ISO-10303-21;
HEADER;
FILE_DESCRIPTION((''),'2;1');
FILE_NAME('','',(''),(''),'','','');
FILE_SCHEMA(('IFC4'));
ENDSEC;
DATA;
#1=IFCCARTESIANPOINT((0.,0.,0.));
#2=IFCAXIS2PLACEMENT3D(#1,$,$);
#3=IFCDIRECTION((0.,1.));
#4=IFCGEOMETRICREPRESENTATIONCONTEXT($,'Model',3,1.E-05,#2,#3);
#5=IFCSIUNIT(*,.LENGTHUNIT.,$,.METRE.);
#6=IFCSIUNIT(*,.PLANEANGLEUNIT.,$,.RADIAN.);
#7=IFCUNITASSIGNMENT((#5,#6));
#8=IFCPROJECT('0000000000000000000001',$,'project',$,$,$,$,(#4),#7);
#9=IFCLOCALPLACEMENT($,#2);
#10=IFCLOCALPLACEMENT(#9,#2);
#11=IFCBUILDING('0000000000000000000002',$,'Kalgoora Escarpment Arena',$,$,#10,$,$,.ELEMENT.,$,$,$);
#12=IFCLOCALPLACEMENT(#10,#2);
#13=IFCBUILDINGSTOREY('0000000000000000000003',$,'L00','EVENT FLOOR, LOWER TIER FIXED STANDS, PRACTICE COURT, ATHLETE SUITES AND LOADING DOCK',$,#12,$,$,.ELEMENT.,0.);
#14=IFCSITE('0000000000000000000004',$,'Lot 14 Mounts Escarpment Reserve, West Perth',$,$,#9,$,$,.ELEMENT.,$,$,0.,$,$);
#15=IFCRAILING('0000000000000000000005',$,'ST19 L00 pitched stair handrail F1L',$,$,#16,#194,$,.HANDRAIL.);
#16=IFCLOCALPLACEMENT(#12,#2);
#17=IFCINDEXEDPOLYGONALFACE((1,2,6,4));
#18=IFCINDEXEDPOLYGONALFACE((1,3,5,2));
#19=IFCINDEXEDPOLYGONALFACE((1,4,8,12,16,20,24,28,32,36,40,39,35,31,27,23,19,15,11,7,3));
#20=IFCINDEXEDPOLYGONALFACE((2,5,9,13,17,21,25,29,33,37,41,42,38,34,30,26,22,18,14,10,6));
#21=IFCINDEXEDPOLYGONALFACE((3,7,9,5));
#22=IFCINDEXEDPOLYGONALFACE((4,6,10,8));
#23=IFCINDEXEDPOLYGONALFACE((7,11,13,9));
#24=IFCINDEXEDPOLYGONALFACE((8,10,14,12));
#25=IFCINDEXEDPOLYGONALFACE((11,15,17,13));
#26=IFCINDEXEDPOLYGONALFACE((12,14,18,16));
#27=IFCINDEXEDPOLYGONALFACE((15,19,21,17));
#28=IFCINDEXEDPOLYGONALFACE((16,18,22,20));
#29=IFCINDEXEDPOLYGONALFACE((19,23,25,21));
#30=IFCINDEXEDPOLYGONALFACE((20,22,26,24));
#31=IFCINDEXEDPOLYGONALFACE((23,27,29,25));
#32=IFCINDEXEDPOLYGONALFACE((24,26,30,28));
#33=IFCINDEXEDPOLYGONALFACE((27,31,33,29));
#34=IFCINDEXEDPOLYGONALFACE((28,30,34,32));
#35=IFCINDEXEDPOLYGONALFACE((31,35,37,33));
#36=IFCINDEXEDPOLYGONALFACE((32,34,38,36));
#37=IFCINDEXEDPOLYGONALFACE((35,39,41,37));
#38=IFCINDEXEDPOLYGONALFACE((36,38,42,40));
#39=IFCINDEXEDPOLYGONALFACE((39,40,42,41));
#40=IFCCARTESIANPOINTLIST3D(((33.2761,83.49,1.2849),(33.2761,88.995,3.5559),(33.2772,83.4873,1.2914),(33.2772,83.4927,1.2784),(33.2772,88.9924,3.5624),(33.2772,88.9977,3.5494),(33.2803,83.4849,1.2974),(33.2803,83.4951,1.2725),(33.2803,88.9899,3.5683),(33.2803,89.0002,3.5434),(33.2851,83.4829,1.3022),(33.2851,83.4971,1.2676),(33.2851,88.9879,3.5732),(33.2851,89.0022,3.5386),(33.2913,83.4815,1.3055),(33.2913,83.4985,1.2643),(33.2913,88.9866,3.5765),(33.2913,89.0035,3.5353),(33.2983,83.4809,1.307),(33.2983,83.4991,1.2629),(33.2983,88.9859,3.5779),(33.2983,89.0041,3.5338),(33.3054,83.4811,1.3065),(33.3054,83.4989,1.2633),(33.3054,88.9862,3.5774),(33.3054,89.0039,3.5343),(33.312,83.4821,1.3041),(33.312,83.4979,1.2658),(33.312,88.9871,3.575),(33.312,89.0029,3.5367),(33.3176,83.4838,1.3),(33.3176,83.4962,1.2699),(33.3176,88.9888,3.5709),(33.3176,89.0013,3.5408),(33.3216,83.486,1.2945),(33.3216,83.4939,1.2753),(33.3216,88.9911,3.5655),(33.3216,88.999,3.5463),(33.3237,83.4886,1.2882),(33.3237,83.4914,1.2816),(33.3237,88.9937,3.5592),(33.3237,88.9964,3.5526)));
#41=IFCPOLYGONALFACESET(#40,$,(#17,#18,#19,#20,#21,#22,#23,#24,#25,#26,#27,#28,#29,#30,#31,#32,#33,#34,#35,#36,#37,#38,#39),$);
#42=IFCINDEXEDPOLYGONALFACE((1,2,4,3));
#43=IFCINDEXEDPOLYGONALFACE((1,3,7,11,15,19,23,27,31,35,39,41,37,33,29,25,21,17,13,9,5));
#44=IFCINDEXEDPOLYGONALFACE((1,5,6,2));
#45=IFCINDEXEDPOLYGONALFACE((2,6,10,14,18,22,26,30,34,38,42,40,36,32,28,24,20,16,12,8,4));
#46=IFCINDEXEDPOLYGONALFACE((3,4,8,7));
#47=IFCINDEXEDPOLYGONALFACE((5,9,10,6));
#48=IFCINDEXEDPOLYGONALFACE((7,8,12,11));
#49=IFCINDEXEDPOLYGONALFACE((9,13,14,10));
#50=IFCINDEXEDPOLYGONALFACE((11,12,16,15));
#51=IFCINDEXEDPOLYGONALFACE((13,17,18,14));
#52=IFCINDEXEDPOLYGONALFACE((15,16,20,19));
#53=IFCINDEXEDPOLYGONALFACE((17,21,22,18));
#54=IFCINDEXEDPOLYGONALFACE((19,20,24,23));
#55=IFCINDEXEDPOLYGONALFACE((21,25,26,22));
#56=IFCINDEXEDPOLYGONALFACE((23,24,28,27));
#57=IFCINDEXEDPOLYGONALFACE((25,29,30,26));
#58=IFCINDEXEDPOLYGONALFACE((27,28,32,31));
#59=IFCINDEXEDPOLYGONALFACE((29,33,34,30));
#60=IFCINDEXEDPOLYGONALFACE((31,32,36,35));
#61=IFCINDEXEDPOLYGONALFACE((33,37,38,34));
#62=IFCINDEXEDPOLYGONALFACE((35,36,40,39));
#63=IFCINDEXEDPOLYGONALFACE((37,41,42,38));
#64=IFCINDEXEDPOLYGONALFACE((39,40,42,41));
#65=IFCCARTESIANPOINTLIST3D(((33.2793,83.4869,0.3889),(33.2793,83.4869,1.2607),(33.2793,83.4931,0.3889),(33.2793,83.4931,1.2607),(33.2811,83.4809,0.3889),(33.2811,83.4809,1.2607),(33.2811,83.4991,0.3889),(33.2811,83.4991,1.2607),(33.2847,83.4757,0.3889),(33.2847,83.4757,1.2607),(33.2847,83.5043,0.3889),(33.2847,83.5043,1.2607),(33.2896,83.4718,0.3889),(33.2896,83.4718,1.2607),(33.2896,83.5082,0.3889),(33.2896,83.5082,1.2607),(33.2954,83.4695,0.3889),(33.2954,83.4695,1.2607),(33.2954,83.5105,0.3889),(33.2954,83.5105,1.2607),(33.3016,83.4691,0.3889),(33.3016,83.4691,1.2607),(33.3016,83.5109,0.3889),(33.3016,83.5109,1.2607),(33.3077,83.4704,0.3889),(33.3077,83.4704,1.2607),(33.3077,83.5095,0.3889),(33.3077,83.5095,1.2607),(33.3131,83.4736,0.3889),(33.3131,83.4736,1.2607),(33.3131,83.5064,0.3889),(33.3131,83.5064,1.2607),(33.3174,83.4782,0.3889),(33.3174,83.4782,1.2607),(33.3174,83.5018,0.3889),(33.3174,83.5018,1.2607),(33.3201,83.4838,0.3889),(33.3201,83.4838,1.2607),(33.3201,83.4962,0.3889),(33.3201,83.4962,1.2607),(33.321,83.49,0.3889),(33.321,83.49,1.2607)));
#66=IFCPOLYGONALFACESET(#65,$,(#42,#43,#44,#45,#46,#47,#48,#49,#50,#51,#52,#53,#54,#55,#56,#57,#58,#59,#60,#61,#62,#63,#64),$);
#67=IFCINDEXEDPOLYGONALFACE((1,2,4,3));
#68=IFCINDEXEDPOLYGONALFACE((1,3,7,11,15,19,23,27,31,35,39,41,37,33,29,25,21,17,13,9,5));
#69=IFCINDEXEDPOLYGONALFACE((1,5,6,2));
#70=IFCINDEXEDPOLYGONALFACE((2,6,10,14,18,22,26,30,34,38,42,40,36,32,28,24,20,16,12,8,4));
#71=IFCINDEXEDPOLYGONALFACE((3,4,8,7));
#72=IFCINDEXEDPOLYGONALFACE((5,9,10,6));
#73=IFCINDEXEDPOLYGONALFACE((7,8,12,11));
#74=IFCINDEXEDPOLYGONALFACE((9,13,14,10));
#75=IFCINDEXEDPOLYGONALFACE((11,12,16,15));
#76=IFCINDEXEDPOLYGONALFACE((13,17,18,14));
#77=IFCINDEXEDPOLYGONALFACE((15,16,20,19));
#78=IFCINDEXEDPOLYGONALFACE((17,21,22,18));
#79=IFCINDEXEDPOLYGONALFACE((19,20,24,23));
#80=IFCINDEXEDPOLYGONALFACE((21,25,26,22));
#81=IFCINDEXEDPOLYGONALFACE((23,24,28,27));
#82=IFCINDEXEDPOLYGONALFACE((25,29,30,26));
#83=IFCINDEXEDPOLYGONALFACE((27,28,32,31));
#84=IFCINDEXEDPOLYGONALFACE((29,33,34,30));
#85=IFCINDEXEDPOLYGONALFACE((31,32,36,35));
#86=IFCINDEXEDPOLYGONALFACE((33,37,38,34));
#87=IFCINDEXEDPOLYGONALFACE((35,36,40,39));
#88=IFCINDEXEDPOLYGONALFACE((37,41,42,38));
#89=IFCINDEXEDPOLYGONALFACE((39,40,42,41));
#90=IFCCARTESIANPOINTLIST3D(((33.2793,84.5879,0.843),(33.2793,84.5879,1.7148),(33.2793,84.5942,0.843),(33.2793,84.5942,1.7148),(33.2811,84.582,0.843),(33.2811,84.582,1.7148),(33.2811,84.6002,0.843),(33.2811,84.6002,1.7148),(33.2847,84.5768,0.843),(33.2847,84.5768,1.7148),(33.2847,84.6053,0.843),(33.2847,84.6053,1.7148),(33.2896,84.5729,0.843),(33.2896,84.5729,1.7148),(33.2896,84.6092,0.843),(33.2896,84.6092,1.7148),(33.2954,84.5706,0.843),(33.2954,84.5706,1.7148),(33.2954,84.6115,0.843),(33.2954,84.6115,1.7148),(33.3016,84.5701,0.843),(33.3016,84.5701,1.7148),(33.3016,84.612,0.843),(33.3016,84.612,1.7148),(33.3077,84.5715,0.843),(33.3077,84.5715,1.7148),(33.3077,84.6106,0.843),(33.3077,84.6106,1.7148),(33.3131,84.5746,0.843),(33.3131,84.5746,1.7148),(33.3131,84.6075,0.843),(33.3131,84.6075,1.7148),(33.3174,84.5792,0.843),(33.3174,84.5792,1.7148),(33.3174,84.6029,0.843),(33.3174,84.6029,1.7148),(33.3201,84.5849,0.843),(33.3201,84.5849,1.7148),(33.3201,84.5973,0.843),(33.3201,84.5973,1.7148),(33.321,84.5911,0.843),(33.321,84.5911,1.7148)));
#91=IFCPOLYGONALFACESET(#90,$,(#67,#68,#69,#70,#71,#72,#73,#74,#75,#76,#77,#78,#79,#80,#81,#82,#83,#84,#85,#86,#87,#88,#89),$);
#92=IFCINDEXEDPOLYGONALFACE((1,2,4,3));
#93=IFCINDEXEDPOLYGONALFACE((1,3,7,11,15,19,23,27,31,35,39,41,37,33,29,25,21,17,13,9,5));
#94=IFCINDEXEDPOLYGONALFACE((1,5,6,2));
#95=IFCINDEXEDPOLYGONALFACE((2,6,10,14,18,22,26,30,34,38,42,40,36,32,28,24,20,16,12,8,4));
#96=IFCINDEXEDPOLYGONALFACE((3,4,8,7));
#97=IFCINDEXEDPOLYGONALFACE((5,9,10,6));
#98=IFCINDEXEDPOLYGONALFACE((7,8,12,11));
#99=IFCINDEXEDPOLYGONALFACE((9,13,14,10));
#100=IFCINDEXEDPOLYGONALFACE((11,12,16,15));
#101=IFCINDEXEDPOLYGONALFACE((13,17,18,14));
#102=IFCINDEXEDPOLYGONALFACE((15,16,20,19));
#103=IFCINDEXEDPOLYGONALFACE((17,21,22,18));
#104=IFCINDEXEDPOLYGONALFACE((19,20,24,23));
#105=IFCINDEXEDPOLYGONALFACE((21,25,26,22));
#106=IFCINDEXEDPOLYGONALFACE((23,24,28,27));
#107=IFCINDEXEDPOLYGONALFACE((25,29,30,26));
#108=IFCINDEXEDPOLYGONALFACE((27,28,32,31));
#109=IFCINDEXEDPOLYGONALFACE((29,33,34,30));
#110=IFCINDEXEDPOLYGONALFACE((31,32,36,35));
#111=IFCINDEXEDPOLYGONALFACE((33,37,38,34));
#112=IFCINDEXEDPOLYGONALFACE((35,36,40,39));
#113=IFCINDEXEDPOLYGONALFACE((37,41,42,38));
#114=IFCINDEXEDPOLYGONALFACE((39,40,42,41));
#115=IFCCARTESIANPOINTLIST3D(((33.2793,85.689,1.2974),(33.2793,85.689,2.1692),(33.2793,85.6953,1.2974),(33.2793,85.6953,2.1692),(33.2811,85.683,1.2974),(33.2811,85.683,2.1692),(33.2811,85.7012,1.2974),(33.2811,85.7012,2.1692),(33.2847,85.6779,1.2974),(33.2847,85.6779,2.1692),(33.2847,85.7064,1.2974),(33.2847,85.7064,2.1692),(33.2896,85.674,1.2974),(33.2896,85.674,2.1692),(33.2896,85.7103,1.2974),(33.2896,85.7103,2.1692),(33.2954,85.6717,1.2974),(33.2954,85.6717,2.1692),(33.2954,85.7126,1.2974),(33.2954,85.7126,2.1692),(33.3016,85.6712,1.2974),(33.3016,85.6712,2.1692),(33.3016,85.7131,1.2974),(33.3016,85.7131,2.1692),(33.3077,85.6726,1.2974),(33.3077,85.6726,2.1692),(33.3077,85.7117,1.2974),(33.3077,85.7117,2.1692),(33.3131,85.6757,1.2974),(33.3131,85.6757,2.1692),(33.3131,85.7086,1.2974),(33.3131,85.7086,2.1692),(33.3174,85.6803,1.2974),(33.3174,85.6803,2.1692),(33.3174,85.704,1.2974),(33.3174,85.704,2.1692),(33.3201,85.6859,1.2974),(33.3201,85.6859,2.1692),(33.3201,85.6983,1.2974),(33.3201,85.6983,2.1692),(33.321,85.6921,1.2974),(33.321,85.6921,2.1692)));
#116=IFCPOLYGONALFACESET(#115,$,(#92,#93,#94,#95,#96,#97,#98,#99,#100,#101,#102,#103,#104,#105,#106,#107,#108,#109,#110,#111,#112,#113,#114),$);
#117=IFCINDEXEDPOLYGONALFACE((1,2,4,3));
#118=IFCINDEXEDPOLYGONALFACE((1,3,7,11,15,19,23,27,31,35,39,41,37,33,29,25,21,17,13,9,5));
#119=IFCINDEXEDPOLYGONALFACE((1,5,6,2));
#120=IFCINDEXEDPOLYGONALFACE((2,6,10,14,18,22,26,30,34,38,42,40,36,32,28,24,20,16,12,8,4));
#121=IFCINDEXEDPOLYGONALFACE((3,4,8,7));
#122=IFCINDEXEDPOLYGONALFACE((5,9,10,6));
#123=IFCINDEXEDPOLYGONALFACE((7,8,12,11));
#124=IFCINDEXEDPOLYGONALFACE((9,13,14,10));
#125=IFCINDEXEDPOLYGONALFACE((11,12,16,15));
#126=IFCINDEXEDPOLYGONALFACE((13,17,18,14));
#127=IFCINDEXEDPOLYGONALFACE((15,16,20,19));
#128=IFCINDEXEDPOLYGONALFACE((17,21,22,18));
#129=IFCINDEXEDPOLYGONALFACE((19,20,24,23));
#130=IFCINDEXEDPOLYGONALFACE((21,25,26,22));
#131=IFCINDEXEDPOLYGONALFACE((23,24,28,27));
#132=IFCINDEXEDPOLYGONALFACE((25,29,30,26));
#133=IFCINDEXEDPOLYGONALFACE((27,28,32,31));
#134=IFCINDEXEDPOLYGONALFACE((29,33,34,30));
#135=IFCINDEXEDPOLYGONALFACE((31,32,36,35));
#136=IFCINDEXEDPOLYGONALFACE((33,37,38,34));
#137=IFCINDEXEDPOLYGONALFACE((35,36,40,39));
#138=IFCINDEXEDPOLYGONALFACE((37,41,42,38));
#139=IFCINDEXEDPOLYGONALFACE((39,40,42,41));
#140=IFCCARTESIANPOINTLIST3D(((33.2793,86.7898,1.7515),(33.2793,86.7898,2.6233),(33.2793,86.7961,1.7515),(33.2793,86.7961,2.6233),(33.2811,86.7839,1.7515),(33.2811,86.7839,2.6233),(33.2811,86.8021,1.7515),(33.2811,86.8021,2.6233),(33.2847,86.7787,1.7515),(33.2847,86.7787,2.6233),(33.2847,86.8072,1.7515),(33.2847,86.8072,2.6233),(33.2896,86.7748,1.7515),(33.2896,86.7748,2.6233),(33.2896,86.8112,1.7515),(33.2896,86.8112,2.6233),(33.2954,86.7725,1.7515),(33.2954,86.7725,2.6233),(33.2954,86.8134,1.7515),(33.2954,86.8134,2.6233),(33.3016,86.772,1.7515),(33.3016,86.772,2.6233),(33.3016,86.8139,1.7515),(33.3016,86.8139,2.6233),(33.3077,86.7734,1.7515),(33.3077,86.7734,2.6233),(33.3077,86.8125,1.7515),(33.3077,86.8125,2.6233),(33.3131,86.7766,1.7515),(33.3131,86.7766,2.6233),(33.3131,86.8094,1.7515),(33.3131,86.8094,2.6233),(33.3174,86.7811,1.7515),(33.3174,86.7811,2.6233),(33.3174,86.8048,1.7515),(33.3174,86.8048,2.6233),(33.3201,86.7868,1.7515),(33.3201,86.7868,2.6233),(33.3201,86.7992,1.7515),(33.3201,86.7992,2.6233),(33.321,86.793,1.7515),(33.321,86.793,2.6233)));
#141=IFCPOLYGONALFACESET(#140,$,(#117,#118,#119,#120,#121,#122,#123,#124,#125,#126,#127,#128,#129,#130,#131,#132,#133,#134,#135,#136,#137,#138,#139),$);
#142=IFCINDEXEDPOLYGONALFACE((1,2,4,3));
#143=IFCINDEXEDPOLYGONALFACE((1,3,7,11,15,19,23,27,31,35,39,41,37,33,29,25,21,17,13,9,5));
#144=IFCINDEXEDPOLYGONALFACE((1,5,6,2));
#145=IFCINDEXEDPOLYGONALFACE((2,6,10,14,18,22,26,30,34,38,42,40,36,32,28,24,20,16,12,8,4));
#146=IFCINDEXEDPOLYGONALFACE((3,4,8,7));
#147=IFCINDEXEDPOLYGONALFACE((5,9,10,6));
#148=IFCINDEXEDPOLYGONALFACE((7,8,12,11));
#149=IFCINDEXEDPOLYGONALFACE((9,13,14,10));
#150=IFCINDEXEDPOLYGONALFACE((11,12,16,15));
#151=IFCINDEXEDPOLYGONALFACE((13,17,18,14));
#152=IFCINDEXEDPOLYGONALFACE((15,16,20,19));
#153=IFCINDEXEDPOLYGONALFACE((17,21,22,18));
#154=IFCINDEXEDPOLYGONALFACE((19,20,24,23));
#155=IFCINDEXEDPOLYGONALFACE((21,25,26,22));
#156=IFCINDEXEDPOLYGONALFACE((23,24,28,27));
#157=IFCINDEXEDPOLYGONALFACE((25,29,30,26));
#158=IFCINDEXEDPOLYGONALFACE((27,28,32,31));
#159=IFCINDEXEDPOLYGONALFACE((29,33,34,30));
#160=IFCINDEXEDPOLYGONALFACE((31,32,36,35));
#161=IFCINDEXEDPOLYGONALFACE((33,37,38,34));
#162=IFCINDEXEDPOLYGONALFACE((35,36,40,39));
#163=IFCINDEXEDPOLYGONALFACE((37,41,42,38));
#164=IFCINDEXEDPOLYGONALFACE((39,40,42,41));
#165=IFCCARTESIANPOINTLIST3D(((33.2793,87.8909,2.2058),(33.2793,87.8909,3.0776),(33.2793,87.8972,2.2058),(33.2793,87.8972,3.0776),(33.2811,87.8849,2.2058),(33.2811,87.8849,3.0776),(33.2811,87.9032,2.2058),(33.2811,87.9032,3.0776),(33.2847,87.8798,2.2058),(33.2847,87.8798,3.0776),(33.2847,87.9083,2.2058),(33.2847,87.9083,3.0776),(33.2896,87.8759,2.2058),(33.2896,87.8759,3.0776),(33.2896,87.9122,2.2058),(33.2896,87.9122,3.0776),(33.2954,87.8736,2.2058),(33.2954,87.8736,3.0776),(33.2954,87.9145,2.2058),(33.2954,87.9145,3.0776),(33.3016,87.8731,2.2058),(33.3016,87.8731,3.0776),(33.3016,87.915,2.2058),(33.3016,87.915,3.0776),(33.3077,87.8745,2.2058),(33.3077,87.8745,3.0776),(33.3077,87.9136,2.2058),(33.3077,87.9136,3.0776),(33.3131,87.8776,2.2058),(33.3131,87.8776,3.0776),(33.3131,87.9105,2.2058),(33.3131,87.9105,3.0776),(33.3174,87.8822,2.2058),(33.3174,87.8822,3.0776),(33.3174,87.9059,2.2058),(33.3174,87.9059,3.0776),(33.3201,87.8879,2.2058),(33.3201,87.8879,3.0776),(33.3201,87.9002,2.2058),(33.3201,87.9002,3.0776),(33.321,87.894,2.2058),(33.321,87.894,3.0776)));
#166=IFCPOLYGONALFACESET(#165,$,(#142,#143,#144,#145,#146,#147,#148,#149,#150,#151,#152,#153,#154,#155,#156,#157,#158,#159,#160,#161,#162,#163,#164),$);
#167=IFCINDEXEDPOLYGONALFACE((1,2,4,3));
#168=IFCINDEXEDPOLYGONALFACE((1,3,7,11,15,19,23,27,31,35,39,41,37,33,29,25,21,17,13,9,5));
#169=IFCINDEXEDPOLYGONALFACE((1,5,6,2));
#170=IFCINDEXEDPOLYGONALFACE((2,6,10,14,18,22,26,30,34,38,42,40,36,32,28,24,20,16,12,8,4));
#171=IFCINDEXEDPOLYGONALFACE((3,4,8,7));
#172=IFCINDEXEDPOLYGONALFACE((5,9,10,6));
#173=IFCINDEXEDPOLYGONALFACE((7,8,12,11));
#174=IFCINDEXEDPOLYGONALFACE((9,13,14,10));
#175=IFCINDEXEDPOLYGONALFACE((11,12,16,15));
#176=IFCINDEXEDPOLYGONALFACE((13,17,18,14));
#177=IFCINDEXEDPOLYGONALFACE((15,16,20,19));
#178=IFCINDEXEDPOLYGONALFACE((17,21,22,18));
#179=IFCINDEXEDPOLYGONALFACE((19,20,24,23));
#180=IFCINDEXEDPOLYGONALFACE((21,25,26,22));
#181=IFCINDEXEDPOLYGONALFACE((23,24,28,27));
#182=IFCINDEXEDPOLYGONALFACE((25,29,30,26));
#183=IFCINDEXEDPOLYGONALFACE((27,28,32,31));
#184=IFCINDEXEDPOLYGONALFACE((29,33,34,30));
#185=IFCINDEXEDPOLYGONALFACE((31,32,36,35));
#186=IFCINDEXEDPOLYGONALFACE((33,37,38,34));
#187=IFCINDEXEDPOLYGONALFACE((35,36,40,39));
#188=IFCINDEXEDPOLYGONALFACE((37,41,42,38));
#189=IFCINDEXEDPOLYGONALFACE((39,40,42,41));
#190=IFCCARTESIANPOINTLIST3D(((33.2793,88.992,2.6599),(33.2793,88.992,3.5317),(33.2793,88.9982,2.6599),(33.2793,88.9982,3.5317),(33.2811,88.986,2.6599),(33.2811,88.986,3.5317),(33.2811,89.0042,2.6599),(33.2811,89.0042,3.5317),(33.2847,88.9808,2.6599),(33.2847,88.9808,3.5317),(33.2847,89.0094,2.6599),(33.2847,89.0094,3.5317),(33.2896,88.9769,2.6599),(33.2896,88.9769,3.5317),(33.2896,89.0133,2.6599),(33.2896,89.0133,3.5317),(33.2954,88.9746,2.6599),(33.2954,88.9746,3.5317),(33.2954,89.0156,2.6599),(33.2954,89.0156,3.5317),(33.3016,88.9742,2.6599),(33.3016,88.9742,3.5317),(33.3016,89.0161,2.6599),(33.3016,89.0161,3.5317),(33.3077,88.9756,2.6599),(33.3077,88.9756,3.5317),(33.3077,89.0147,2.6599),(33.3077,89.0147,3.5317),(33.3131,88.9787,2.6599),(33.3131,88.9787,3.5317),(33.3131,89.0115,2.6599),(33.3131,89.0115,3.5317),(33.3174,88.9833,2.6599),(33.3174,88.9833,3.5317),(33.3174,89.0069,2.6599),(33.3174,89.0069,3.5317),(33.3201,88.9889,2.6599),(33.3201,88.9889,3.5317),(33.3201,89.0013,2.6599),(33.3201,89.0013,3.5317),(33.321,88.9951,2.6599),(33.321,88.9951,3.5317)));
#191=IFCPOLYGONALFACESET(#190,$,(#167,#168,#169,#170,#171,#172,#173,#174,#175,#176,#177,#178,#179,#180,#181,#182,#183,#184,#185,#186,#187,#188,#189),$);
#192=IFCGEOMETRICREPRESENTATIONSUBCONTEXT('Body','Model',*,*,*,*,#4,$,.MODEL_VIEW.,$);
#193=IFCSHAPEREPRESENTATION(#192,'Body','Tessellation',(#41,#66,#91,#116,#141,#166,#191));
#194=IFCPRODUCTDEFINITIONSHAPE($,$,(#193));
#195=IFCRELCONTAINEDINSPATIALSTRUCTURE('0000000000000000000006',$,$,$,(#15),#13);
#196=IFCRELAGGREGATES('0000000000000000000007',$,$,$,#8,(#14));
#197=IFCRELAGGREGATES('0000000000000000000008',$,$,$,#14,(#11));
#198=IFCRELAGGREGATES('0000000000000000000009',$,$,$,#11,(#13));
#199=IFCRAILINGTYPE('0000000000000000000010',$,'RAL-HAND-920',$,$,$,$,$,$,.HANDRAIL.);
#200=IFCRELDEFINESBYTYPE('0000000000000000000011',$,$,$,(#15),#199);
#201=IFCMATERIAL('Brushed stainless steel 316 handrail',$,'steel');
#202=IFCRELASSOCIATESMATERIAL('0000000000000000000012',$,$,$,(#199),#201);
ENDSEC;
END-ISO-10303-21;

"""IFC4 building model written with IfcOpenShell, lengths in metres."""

from ifc_helpers import new_model, si_unit, direction, frame, origin, origin_2d, place, context, subcontext, project, spatial, circle, extrude, material, type_object, element, save


model = new_model("IFC4")

# Units and contexts
model_context = context("Model", 3, precision=1e-05, world=origin(), true_north=direction((0.0, 1.0)))
body_context = subcontext(model_context, "Body", "Model", "MODEL_VIEW")
ifc_project = project(units=[si_unit("LENGTHUNIT", "METRE"), si_unit("PLANEANGLEUNIT", "RADIAN")], contexts=[model_context])

# Site, building, storey
site_placement = place(None, origin())
site = spatial("IfcSite", under=ifc_project, at=site_placement, Name="Lot 14 Mounts Escarpment Reserve, West Perth", CompositionType="ELEMENT", RefElevation=0.0)
building_placement = place(site_placement, origin())
building = spatial("IfcBuilding", under=site, at=building_placement, Name="Kalgoora Escarpment Arena", CompositionType="ELEMENT")
storey_placement = place(building_placement, origin())
storey = spatial("IfcBuildingStorey", under=building, at=storey_placement, Name="L00", Description="EVENT FLOOR, LOWER TIER FIXED STANDS, PRACTICE COURT, ATHLETE SUITES AND LOADING DOCK", CompositionType="ELEMENT", Elevation=0.0)

# Railing
ifc_material_1 = material(Name="Brushed stainless steel 316 handrail", Category="steel")
railing_type = type_object("IfcRailingType", Name="RAL-HAND-920", PredefinedType="HANDRAIL", material=ifc_material_1)
for number, where, name in (
    (1, (33.3, 83.49, 0.3889), "ST19 L00 pitched stair handrail F1L"),
):
    element("IfcRailing", number, at=place(storey_placement, frame(where)), inside=storey, type_object=railing_type, Name=name, PredefinedType="HANDRAIL", context=body_context, shape_type="SweptSolid", body=[
        extrude(circle(Radius=0.0239, at=origin_2d()), frame((0.0, 0.0, 0.896), z_axis=(0.0, 0.924431, 0.38135), x_axis=(-1.0, 0.0, 0.0)), (0.0, 0.0, 1.0), 5.9551),
        extrude(circle(Radius=0.021, at=origin_2d()), origin(), (0.0, 0.0, 1.0), 0.8718),
        extrude(circle(Radius=0.021, at=origin_2d()), frame((0.0, 1.1011, 0.4541)), (0.0, 0.0, 1.0), 0.8718),
        extrude(circle(Radius=0.021, at=origin_2d()), frame((0.0, 2.2021, 0.9084)), (0.0, 0.0, 1.0), 0.8718),
        extrude(circle(Radius=0.021, at=origin_2d()), frame((0.0, 3.303, 1.3625)), (0.0, 0.0, 1.0), 0.8718),
        extrude(circle(Radius=0.021, at=origin_2d()), frame((0.0, 4.4041, 1.8169)), (0.0, 0.0, 1.0), 0.8718),
        extrude(circle(Radius=0.021, at=origin_2d()), frame((0.0, 5.5051, 2.271)), (0.0, 0.0, 1.0), 0.8718),
    ])

save(model, "model.ifc")
